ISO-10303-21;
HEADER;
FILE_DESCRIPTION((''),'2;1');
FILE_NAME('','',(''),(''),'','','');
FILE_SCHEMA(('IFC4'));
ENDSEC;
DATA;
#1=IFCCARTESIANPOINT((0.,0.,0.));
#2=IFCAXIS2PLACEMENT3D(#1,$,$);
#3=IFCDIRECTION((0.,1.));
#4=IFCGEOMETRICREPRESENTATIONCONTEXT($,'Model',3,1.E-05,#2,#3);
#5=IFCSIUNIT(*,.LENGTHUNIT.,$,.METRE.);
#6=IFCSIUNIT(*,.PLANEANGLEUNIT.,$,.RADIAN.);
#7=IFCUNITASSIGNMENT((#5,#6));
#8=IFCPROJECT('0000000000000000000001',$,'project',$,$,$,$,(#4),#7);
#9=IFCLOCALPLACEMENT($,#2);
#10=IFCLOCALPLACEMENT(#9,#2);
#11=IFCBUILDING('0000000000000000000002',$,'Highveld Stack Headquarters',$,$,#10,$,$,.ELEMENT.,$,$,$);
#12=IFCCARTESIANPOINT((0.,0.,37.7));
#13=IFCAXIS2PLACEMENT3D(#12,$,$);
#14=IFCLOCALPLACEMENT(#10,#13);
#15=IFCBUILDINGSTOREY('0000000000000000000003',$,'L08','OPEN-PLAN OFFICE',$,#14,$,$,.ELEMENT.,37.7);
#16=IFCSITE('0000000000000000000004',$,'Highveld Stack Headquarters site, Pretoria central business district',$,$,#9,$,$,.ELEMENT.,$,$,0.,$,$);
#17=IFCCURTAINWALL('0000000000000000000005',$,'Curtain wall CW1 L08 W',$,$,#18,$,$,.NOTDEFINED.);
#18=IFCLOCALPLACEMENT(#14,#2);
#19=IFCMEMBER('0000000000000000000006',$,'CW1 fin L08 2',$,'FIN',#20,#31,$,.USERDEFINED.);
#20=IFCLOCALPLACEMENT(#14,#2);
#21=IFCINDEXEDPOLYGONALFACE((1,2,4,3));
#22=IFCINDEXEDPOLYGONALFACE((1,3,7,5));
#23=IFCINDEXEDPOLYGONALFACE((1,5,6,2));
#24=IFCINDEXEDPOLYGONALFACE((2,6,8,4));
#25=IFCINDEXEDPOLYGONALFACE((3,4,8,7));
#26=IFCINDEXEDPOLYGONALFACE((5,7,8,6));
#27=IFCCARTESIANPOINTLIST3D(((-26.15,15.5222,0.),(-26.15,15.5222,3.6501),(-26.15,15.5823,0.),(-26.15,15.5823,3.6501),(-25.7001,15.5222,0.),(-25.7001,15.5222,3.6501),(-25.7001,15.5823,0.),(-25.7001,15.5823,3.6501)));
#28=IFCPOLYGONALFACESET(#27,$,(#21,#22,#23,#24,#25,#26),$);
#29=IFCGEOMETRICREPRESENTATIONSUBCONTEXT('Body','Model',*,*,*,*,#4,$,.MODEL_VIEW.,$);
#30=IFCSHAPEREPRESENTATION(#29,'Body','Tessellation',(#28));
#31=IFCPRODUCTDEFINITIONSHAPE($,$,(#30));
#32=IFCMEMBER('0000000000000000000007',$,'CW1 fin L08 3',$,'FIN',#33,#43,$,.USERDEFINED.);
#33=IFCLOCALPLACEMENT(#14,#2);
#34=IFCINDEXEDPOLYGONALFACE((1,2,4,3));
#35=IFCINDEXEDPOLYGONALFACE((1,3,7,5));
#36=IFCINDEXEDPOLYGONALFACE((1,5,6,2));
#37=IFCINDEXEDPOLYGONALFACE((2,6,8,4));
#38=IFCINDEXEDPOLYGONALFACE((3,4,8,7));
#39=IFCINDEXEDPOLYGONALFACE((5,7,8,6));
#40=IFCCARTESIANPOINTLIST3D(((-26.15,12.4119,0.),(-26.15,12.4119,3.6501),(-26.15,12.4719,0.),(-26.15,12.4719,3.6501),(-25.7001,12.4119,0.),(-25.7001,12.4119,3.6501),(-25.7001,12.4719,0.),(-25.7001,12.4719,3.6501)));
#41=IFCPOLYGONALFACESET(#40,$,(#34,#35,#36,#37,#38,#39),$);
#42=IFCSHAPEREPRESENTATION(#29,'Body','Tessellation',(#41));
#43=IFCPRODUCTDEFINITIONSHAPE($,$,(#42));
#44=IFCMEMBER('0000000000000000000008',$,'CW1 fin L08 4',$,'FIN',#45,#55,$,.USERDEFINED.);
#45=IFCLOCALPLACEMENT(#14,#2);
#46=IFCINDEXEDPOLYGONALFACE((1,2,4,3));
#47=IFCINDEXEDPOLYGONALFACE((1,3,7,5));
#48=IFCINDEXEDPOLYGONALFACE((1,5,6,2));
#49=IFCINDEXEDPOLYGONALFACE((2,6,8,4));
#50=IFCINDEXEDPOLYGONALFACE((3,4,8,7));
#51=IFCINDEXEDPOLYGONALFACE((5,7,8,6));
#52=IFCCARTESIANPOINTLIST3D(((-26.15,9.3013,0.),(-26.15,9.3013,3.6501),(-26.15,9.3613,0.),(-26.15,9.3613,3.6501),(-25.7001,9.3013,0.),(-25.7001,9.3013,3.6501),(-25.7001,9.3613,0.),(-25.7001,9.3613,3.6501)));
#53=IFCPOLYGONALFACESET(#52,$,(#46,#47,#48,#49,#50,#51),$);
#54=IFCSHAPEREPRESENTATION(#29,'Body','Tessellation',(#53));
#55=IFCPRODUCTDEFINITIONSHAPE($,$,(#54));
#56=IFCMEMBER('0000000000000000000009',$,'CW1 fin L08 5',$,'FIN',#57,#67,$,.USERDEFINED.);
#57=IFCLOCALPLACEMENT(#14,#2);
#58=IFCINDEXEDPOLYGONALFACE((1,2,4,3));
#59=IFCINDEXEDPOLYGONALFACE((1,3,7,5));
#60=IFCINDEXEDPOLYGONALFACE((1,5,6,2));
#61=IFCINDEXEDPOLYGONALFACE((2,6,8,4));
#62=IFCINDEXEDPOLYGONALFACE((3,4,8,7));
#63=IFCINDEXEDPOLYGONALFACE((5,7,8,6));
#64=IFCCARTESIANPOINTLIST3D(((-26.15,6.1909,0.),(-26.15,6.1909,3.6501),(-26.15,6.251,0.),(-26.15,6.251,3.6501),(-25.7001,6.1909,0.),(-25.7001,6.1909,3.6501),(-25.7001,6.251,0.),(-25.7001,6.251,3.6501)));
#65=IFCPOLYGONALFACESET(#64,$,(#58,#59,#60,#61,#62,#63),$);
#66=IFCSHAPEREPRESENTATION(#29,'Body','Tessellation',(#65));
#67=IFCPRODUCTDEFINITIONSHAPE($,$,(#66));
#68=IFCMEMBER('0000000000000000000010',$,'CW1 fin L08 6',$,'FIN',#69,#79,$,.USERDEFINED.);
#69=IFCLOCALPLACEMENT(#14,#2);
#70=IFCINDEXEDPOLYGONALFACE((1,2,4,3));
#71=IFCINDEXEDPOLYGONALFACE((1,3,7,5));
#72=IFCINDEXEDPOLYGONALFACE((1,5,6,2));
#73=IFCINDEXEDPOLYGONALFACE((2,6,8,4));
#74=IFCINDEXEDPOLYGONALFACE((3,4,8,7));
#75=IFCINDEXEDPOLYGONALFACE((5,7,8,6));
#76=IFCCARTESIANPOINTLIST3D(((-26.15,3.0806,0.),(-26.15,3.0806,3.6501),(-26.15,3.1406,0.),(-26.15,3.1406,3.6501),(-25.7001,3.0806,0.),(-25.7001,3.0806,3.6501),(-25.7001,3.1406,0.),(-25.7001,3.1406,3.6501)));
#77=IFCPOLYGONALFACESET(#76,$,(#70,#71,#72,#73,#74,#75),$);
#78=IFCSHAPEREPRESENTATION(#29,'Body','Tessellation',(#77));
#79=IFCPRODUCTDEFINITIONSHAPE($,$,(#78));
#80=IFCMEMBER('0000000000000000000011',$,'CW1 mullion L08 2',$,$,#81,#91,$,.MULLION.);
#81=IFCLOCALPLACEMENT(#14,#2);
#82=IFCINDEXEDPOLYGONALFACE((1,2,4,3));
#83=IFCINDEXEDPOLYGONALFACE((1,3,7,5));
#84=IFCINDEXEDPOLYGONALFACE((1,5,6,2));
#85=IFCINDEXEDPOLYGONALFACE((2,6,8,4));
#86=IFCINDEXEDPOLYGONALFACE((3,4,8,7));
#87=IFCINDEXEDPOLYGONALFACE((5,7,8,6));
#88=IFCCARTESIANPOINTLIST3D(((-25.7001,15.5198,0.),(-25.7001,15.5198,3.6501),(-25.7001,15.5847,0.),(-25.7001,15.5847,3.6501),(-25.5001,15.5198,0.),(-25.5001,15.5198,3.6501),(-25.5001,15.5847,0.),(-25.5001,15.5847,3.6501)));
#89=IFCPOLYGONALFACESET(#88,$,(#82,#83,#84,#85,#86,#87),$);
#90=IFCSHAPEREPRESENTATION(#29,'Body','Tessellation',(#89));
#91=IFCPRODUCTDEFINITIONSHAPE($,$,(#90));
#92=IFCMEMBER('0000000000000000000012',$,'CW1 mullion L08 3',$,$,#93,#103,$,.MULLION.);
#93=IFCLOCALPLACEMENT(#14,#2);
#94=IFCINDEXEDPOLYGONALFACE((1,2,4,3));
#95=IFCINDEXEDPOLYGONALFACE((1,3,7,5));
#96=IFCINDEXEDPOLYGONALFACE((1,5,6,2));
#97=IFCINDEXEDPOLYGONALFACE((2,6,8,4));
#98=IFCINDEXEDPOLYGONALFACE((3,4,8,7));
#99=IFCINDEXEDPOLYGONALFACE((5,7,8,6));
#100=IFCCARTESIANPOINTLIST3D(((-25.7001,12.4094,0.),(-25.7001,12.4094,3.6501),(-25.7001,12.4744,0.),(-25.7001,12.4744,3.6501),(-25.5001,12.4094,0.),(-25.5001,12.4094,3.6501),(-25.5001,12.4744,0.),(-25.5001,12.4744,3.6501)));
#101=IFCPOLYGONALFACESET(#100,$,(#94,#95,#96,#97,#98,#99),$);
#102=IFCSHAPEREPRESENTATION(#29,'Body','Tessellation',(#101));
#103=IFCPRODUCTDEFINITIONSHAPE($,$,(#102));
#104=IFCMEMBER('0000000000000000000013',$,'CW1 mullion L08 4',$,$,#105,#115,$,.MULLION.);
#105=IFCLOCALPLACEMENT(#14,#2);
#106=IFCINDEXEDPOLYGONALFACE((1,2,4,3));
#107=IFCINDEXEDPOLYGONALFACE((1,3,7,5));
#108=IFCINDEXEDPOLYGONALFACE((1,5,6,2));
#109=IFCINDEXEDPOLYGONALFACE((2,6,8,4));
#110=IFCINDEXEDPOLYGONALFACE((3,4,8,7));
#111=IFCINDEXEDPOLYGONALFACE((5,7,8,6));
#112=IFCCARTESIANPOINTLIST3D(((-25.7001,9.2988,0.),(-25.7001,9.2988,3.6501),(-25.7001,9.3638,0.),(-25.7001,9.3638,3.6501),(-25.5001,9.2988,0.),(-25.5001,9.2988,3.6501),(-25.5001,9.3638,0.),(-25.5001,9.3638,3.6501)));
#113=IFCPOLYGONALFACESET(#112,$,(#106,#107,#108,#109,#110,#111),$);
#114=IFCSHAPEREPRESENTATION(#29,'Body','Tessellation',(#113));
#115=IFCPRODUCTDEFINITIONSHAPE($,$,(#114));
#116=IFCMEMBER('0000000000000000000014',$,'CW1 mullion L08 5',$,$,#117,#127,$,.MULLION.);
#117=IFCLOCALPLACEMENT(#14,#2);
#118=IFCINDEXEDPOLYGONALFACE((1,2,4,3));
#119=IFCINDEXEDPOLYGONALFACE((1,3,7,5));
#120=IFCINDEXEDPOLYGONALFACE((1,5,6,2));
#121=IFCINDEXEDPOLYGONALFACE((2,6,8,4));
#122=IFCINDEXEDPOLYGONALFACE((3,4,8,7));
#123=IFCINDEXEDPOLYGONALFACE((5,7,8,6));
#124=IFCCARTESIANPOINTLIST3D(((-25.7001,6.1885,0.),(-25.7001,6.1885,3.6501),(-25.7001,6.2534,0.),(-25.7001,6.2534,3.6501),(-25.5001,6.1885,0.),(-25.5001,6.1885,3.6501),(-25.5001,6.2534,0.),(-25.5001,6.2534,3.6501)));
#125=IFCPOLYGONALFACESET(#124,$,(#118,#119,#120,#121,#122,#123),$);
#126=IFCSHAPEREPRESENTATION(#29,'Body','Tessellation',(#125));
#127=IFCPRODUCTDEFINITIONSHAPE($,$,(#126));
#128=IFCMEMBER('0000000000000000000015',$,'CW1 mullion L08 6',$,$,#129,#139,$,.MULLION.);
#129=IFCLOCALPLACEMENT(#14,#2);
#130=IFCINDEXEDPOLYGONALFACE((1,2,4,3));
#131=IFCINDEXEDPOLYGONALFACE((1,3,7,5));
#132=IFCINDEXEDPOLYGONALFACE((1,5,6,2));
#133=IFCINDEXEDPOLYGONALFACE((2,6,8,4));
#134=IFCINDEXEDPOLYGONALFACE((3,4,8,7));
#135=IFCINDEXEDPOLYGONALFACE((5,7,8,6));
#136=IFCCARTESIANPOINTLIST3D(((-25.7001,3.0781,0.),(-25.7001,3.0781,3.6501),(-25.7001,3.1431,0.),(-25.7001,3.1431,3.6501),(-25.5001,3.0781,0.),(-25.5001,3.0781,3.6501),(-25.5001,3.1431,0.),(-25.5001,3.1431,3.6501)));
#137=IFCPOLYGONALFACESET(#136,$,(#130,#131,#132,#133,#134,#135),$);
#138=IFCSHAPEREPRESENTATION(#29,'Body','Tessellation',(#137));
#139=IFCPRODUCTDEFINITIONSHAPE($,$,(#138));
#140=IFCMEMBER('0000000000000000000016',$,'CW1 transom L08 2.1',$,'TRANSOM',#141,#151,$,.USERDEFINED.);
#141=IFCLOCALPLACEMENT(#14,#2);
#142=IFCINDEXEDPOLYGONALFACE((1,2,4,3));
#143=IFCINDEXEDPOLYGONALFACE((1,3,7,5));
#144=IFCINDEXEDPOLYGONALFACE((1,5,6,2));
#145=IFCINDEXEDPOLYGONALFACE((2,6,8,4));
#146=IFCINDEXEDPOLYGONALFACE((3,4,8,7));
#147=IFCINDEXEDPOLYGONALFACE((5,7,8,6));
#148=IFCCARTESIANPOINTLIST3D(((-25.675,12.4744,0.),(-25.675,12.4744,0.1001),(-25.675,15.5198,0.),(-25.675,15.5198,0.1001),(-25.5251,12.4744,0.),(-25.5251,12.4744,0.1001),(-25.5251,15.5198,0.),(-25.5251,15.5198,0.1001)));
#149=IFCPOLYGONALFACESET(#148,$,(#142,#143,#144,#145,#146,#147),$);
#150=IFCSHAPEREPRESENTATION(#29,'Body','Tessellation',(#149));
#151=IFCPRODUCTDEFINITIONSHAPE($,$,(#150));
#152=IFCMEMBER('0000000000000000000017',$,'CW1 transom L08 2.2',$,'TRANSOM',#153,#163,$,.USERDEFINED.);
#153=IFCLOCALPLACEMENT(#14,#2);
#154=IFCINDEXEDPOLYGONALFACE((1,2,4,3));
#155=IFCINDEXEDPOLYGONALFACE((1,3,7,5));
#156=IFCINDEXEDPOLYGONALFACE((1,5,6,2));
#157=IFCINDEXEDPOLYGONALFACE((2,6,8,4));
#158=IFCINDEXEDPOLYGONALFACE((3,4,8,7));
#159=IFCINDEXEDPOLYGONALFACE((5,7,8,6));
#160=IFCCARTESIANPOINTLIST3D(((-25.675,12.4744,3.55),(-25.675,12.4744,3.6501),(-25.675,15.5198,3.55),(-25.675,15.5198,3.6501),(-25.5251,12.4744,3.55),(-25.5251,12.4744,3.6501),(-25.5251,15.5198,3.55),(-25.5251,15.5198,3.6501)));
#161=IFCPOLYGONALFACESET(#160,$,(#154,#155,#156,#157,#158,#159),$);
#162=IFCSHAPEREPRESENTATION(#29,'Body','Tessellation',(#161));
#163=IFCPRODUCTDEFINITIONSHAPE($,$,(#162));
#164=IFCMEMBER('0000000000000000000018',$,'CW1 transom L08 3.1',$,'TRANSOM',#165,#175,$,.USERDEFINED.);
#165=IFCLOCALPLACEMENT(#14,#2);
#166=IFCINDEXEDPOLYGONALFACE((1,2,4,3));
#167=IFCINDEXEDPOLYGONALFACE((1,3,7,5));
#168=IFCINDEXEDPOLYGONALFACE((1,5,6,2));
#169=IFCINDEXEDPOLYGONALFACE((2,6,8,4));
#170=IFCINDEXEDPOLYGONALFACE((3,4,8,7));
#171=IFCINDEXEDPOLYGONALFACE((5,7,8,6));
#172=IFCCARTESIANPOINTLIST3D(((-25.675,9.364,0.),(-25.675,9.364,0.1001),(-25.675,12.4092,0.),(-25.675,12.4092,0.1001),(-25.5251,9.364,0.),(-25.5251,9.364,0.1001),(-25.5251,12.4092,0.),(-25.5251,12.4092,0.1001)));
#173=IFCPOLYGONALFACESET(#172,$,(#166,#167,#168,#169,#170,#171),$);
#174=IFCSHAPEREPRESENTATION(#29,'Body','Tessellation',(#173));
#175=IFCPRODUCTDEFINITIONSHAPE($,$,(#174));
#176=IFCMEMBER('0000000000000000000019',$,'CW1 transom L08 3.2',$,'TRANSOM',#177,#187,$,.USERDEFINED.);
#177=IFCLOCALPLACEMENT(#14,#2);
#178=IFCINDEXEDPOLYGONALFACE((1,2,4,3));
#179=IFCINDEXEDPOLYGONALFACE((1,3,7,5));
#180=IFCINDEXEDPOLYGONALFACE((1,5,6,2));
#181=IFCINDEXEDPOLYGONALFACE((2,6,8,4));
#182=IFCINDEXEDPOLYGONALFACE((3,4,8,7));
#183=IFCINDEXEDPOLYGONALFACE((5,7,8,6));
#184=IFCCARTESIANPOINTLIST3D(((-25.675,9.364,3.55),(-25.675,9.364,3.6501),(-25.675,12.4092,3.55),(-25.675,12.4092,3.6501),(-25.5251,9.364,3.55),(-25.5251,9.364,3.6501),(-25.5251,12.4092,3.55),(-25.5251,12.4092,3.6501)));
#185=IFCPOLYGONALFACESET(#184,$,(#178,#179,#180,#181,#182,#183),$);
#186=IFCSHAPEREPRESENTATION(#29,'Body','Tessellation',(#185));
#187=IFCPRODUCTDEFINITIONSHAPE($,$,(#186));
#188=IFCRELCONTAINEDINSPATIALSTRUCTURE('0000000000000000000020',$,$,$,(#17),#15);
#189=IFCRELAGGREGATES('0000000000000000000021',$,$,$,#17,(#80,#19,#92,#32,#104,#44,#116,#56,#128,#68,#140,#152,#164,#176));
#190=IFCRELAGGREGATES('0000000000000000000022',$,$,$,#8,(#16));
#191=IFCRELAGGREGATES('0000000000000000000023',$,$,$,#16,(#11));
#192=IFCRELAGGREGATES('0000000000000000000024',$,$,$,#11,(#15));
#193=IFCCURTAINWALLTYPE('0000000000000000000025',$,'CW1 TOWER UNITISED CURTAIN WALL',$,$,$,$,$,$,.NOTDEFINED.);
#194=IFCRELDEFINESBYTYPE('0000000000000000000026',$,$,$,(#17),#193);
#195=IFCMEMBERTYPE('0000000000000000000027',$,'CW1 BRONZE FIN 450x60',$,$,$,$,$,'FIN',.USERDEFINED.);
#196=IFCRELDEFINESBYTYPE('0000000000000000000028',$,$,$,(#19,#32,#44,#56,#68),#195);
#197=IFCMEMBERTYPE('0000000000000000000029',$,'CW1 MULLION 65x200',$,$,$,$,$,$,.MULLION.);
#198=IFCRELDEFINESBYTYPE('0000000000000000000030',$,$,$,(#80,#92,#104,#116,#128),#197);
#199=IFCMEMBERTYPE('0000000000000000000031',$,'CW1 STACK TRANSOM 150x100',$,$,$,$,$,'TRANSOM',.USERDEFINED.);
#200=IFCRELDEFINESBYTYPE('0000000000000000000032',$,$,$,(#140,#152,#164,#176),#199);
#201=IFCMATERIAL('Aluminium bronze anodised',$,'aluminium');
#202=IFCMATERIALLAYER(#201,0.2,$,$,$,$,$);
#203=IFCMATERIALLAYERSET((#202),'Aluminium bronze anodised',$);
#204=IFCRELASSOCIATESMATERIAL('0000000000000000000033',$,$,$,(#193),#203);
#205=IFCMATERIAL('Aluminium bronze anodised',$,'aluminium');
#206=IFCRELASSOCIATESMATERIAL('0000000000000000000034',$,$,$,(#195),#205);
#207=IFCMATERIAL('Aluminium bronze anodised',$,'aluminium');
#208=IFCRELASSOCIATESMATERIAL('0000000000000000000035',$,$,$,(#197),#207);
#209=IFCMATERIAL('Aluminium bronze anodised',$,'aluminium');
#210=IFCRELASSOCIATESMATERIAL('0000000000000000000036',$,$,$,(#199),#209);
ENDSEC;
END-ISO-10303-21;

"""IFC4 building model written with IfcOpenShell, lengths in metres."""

from ifc_helpers import new_model, si_unit, direction, frame, origin, origin_2d, place, context, subcontext, project, spatial, rectangle, extrude, material, layer, layer_set, material_profile, profile_set, type_object, element, aggregate, save


model = new_model("IFC4")

# Units and contexts
model_context = context("Model", 3, precision=1e-05, world=origin(), true_north=direction((0.0, 1.0)))
body_context = subcontext(model_context, "Body", "Model", "MODEL_VIEW")
ifc_project = project(units=[si_unit("LENGTHUNIT", "METRE"), si_unit("PLANEANGLEUNIT", "RADIAN")], contexts=[model_context])

# Site, building, storey
site_placement = place(None, origin())
site = spatial("IfcSite", under=ifc_project, at=site_placement, Name="Highveld Stack Headquarters site, Pretoria central business district", CompositionType="ELEMENT", RefElevation=0.0)
building_placement = place(site_placement, origin())
building = spatial("IfcBuilding", under=site, at=building_placement, Name="Highveld Stack Headquarters", CompositionType="ELEMENT")
storey_placement = place(building_placement, frame((0.0, 0.0, 37.7)))
storey = spatial("IfcBuildingStorey", under=building, at=storey_placement, Name="L08", Description="OPEN-PLAN OFFICE", CompositionType="ELEMENT", Elevation=37.7)

# Curtain wall, members
ifc_material_1 = material(Name="Aluminium bronze anodised", Category="aluminium")
ifc_layer_1 = layer(ifc_material_1, 0.2)
ifc_layer_set_1 = layer_set([ifc_layer_1], Name="Aluminium bronze anodised")
curtain_wall_type = type_object("IfcCurtainWallType", Name="CW1 TOWER UNITISED CURTAIN WALL", PredefinedType="NOTDEFINED", material=ifc_layer_set_1)
curtain_wall_placement = place(storey_placement, origin())
curtain_wall = element("IfcCurtainWall", 1, at=curtain_wall_placement, inside=storey, type_object=curtain_wall_type, Name="Curtain wall CW1 L08 W", PredefinedType="NOTDEFINED")
ifc_material_2 = material(Name="Aluminium bronze anodised", Category="aluminium")
ifc_material_profile_1 = material_profile(ifc_material_2, rectangle(XDim=0.45, YDim=0.0601, at=origin_2d()), Name="FIN 450x60")
ifc_profile_set_1 = profile_set([ifc_material_profile_1], Name="Aluminium bronze anodised")
member_type_1 = type_object("IfcMemberType", Name="CW1 BRONZE FIN 450x60", ElementType="FIN", PredefinedType="USERDEFINED", material=ifc_profile_set_1)
member_1_placement = place(storey_placement, frame((-25.925, 15.5522, 0.0), z_axis=(0.0, 0.0, 1.0), x_axis=(1.0, 0.0, 0.0)))
member_1 = element("IfcMember", 2, at=member_1_placement, type_object=member_type_1, Name="CW1 fin L08 2", ObjectType="FIN", PredefinedType="USERDEFINED", context=body_context, shape_type="SweptSolid", body=[
    extrude(rectangle(XDim=0.45, YDim=0.0601, at=origin_2d()), origin(), (0.0, 0.0, 1.0), 3.6501),
])
member_2_placement = place(storey_placement, frame((-25.925, 12.4419, 0.0), z_axis=(0.0, 0.0, 1.0), x_axis=(1.0, 0.0, 0.0)))
member_2 = element("IfcMember", 3, at=member_2_placement, type_object=member_type_1, Name="CW1 fin L08 3", ObjectType="FIN", PredefinedType="USERDEFINED", context=body_context, shape_type="SweptSolid", body=[
    extrude(rectangle(XDim=0.45, YDim=0.0601, at=origin_2d()), origin(), (0.0, 0.0, 1.0), 3.6501),
])
member_3_placement = place(storey_placement, frame((-25.925, 9.3313, 0.0), z_axis=(0.0, 0.0, 1.0), x_axis=(1.0, 0.0, 0.0)))
member_3 = element("IfcMember", 4, at=member_3_placement, type_object=member_type_1, Name="CW1 fin L08 4", ObjectType="FIN", PredefinedType="USERDEFINED", context=body_context, shape_type="SweptSolid", body=[
    extrude(rectangle(XDim=0.45, YDim=0.0601, at=origin_2d()), origin(), (0.0, 0.0, 1.0), 3.6501),
])
member_4_placement = place(storey_placement, frame((-25.925, 6.2209, 0.0), z_axis=(0.0, 0.0, 1.0), x_axis=(1.0, 0.0, 0.0)))
member_4 = element("IfcMember", 5, at=member_4_placement, type_object=member_type_1, Name="CW1 fin L08 5", ObjectType="FIN", PredefinedType="USERDEFINED", context=body_context, shape_type="SweptSolid", body=[
    extrude(rectangle(XDim=0.45, YDim=0.0601, at=origin_2d()), origin(), (0.0, 0.0, 1.0), 3.6501),
])
member_5_placement = place(storey_placement, frame((-25.925, 3.1106, 0.0), z_axis=(0.0, 0.0, 1.0), x_axis=(1.0, 0.0, 0.0)))
member_5 = element("IfcMember", 6, at=member_5_placement, type_object=member_type_1, Name="CW1 fin L08 6", ObjectType="FIN", PredefinedType="USERDEFINED", context=body_context, shape_type="SweptSolid", body=[
    extrude(rectangle(XDim=0.45, YDim=0.0601, at=origin_2d()), origin(), (0.0, 0.0, 1.0), 3.6501),
])
ifc_material_3 = material(Name="Aluminium bronze anodised", Category="aluminium")
ifc_material_profile_2 = material_profile(ifc_material_3, rectangle(XDim=0.2, YDim=0.0649, at=origin_2d()), Name="CW1 MULLION 65x200")
ifc_profile_set_2 = profile_set([ifc_material_profile_2], Name="Aluminium bronze anodised")
member_type_2 = type_object("IfcMemberType", Name="CW1 MULLION 65x200", PredefinedType="MULLION", material=ifc_profile_set_2)
member_6_placement = place(storey_placement, frame((-25.6001, 15.5522, 0.0), z_axis=(0.0, 0.0, 1.0), x_axis=(1.0, 0.0, 0.0)))
member_6 = element("IfcMember", 7, at=member_6_placement, type_object=member_type_2, Name="CW1 mullion L08 2", PredefinedType="MULLION", context=body_context, shape_type="SweptSolid", body=[
    extrude(rectangle(XDim=0.2, YDim=0.0649, at=origin_2d()), origin(), (0.0, 0.0, 1.0), 3.6501),
])
member_7_placement = place(storey_placement, frame((-25.6001, 12.4419, 0.0), z_axis=(0.0, 0.0, 1.0), x_axis=(1.0, 0.0, 0.0)))
member_7 = element("IfcMember", 8, at=member_7_placement, type_object=member_type_2, Name="CW1 mullion L08 3", PredefinedType="MULLION", context=body_context, shape_type="SweptSolid", body=[
    extrude(rectangle(XDim=0.2, YDim=0.0649, at=origin_2d()), origin(), (0.0, 0.0, 1.0), 3.6501),
])
member_8_placement = place(storey_placement, frame((-25.6001, 9.3313, 0.0), z_axis=(0.0, 0.0, 1.0), x_axis=(1.0, 0.0, 0.0)))
member_8 = element("IfcMember", 9, at=member_8_placement, type_object=member_type_2, Name="CW1 mullion L08 4", PredefinedType="MULLION", context=body_context, shape_type="SweptSolid", body=[
    extrude(rectangle(XDim=0.2, YDim=0.0649, at=origin_2d()), origin(), (0.0, 0.0, 1.0), 3.6501),
])
member_9_placement = place(storey_placement, frame((-25.6001, 6.2209, 0.0), z_axis=(0.0, 0.0, 1.0), x_axis=(1.0, 0.0, 0.0)))
member_9 = element("IfcMember", 10, at=member_9_placement, type_object=member_type_2, Name="CW1 mullion L08 5", PredefinedType="MULLION", context=body_context, shape_type="SweptSolid", body=[
    extrude(rectangle(XDim=0.2, YDim=0.0649, at=origin_2d()), origin(), (0.0, 0.0, 1.0), 3.6501),
])
member_10_placement = place(storey_placement, frame((-25.6001, 3.1106, 0.0), z_axis=(0.0, 0.0, 1.0), x_axis=(1.0, 0.0, 0.0)))
member_10 = element("IfcMember", 11, at=member_10_placement, type_object=member_type_2, Name="CW1 mullion L08 6", PredefinedType="MULLION", context=body_context, shape_type="SweptSolid", body=[
    extrude(rectangle(XDim=0.2, YDim=0.0649, at=origin_2d()), origin(), (0.0, 0.0, 1.0), 3.6501),
])
ifc_material_4 = material(Name="Aluminium bronze anodised", Category="aluminium")
ifc_material_profile_3 = material_profile(ifc_material_4, rectangle(XDim=0.1499, YDim=0.1001, at=origin_2d()), Name="CW1 TRANSOM 150x100")
ifc_profile_set_3 = profile_set([ifc_material_profile_3], Name="Aluminium bronze anodised")
member_type_3 = type_object("IfcMemberType", Name="CW1 STACK TRANSOM 150x100", ElementType="TRANSOM", PredefinedType="USERDEFINED", material=ifc_profile_set_3)
member_11_placement = place(storey_placement, frame((-25.6001, 15.5198, 0.05), z_axis=(0.0, -1.0, 0.0), x_axis=(1.0, 0.0, 0.0)))
member_11 = element("IfcMember", 12, at=member_11_placement, type_object=member_type_3, Name="CW1 transom L08 2.1", ObjectType="TRANSOM", PredefinedType="USERDEFINED", context=body_context, shape_type="SweptSolid", body=[
    extrude(rectangle(XDim=0.1499, YDim=0.1001, at=origin_2d()), origin(), (0.0, 0.0, 1.0), 3.0454),
])
member_12_placement = place(storey_placement, frame((-25.6001, 15.5198, 3.6001), z_axis=(0.0, -1.0, 0.0), x_axis=(1.0, 0.0, 0.0)))
member_12 = element("IfcMember", 13, at=member_12_placement, type_object=member_type_3, Name="CW1 transom L08 2.2", ObjectType="TRANSOM", PredefinedType="USERDEFINED", context=body_context, shape_type="SweptSolid", body=[
    extrude(rectangle(XDim=0.1499, YDim=0.1001, at=origin_2d()), origin(), (0.0, 0.0, 1.0), 3.0454),
])
member_13_placement = place(storey_placement, frame((-25.6001, 12.4092, 0.05), z_axis=(0.0, -1.0, 0.0), x_axis=(1.0, 0.0, 0.0)))
member_13 = element("IfcMember", 14, at=member_13_placement, type_object=member_type_3, Name="CW1 transom L08 3.1", ObjectType="TRANSOM", PredefinedType="USERDEFINED", context=body_context, shape_type="SweptSolid", body=[
    extrude(rectangle(XDim=0.1499, YDim=0.1001, at=origin_2d()), origin(), (0.0, 0.0, 1.0), 3.0452),
])
member_14_placement = place(storey_placement, frame((-25.6001, 12.4092, 3.6001), z_axis=(0.0, -1.0, 0.0), x_axis=(1.0, 0.0, 0.0)))
member_14 = element("IfcMember", 15, at=member_14_placement, type_object=member_type_3, Name="CW1 transom L08 3.2", ObjectType="TRANSOM", PredefinedType="USERDEFINED", context=body_context, shape_type="SweptSolid", body=[
    extrude(rectangle(XDim=0.1499, YDim=0.1001, at=origin_2d()), origin(), (0.0, 0.0, 1.0), 3.0452),
])
aggregate(curtain_wall, [member_6, member_1, member_7, member_2, member_8, member_3, member_9, member_4, member_10, member_5, member_11, member_12, member_13, member_14])

save(model, "model.ifc")
